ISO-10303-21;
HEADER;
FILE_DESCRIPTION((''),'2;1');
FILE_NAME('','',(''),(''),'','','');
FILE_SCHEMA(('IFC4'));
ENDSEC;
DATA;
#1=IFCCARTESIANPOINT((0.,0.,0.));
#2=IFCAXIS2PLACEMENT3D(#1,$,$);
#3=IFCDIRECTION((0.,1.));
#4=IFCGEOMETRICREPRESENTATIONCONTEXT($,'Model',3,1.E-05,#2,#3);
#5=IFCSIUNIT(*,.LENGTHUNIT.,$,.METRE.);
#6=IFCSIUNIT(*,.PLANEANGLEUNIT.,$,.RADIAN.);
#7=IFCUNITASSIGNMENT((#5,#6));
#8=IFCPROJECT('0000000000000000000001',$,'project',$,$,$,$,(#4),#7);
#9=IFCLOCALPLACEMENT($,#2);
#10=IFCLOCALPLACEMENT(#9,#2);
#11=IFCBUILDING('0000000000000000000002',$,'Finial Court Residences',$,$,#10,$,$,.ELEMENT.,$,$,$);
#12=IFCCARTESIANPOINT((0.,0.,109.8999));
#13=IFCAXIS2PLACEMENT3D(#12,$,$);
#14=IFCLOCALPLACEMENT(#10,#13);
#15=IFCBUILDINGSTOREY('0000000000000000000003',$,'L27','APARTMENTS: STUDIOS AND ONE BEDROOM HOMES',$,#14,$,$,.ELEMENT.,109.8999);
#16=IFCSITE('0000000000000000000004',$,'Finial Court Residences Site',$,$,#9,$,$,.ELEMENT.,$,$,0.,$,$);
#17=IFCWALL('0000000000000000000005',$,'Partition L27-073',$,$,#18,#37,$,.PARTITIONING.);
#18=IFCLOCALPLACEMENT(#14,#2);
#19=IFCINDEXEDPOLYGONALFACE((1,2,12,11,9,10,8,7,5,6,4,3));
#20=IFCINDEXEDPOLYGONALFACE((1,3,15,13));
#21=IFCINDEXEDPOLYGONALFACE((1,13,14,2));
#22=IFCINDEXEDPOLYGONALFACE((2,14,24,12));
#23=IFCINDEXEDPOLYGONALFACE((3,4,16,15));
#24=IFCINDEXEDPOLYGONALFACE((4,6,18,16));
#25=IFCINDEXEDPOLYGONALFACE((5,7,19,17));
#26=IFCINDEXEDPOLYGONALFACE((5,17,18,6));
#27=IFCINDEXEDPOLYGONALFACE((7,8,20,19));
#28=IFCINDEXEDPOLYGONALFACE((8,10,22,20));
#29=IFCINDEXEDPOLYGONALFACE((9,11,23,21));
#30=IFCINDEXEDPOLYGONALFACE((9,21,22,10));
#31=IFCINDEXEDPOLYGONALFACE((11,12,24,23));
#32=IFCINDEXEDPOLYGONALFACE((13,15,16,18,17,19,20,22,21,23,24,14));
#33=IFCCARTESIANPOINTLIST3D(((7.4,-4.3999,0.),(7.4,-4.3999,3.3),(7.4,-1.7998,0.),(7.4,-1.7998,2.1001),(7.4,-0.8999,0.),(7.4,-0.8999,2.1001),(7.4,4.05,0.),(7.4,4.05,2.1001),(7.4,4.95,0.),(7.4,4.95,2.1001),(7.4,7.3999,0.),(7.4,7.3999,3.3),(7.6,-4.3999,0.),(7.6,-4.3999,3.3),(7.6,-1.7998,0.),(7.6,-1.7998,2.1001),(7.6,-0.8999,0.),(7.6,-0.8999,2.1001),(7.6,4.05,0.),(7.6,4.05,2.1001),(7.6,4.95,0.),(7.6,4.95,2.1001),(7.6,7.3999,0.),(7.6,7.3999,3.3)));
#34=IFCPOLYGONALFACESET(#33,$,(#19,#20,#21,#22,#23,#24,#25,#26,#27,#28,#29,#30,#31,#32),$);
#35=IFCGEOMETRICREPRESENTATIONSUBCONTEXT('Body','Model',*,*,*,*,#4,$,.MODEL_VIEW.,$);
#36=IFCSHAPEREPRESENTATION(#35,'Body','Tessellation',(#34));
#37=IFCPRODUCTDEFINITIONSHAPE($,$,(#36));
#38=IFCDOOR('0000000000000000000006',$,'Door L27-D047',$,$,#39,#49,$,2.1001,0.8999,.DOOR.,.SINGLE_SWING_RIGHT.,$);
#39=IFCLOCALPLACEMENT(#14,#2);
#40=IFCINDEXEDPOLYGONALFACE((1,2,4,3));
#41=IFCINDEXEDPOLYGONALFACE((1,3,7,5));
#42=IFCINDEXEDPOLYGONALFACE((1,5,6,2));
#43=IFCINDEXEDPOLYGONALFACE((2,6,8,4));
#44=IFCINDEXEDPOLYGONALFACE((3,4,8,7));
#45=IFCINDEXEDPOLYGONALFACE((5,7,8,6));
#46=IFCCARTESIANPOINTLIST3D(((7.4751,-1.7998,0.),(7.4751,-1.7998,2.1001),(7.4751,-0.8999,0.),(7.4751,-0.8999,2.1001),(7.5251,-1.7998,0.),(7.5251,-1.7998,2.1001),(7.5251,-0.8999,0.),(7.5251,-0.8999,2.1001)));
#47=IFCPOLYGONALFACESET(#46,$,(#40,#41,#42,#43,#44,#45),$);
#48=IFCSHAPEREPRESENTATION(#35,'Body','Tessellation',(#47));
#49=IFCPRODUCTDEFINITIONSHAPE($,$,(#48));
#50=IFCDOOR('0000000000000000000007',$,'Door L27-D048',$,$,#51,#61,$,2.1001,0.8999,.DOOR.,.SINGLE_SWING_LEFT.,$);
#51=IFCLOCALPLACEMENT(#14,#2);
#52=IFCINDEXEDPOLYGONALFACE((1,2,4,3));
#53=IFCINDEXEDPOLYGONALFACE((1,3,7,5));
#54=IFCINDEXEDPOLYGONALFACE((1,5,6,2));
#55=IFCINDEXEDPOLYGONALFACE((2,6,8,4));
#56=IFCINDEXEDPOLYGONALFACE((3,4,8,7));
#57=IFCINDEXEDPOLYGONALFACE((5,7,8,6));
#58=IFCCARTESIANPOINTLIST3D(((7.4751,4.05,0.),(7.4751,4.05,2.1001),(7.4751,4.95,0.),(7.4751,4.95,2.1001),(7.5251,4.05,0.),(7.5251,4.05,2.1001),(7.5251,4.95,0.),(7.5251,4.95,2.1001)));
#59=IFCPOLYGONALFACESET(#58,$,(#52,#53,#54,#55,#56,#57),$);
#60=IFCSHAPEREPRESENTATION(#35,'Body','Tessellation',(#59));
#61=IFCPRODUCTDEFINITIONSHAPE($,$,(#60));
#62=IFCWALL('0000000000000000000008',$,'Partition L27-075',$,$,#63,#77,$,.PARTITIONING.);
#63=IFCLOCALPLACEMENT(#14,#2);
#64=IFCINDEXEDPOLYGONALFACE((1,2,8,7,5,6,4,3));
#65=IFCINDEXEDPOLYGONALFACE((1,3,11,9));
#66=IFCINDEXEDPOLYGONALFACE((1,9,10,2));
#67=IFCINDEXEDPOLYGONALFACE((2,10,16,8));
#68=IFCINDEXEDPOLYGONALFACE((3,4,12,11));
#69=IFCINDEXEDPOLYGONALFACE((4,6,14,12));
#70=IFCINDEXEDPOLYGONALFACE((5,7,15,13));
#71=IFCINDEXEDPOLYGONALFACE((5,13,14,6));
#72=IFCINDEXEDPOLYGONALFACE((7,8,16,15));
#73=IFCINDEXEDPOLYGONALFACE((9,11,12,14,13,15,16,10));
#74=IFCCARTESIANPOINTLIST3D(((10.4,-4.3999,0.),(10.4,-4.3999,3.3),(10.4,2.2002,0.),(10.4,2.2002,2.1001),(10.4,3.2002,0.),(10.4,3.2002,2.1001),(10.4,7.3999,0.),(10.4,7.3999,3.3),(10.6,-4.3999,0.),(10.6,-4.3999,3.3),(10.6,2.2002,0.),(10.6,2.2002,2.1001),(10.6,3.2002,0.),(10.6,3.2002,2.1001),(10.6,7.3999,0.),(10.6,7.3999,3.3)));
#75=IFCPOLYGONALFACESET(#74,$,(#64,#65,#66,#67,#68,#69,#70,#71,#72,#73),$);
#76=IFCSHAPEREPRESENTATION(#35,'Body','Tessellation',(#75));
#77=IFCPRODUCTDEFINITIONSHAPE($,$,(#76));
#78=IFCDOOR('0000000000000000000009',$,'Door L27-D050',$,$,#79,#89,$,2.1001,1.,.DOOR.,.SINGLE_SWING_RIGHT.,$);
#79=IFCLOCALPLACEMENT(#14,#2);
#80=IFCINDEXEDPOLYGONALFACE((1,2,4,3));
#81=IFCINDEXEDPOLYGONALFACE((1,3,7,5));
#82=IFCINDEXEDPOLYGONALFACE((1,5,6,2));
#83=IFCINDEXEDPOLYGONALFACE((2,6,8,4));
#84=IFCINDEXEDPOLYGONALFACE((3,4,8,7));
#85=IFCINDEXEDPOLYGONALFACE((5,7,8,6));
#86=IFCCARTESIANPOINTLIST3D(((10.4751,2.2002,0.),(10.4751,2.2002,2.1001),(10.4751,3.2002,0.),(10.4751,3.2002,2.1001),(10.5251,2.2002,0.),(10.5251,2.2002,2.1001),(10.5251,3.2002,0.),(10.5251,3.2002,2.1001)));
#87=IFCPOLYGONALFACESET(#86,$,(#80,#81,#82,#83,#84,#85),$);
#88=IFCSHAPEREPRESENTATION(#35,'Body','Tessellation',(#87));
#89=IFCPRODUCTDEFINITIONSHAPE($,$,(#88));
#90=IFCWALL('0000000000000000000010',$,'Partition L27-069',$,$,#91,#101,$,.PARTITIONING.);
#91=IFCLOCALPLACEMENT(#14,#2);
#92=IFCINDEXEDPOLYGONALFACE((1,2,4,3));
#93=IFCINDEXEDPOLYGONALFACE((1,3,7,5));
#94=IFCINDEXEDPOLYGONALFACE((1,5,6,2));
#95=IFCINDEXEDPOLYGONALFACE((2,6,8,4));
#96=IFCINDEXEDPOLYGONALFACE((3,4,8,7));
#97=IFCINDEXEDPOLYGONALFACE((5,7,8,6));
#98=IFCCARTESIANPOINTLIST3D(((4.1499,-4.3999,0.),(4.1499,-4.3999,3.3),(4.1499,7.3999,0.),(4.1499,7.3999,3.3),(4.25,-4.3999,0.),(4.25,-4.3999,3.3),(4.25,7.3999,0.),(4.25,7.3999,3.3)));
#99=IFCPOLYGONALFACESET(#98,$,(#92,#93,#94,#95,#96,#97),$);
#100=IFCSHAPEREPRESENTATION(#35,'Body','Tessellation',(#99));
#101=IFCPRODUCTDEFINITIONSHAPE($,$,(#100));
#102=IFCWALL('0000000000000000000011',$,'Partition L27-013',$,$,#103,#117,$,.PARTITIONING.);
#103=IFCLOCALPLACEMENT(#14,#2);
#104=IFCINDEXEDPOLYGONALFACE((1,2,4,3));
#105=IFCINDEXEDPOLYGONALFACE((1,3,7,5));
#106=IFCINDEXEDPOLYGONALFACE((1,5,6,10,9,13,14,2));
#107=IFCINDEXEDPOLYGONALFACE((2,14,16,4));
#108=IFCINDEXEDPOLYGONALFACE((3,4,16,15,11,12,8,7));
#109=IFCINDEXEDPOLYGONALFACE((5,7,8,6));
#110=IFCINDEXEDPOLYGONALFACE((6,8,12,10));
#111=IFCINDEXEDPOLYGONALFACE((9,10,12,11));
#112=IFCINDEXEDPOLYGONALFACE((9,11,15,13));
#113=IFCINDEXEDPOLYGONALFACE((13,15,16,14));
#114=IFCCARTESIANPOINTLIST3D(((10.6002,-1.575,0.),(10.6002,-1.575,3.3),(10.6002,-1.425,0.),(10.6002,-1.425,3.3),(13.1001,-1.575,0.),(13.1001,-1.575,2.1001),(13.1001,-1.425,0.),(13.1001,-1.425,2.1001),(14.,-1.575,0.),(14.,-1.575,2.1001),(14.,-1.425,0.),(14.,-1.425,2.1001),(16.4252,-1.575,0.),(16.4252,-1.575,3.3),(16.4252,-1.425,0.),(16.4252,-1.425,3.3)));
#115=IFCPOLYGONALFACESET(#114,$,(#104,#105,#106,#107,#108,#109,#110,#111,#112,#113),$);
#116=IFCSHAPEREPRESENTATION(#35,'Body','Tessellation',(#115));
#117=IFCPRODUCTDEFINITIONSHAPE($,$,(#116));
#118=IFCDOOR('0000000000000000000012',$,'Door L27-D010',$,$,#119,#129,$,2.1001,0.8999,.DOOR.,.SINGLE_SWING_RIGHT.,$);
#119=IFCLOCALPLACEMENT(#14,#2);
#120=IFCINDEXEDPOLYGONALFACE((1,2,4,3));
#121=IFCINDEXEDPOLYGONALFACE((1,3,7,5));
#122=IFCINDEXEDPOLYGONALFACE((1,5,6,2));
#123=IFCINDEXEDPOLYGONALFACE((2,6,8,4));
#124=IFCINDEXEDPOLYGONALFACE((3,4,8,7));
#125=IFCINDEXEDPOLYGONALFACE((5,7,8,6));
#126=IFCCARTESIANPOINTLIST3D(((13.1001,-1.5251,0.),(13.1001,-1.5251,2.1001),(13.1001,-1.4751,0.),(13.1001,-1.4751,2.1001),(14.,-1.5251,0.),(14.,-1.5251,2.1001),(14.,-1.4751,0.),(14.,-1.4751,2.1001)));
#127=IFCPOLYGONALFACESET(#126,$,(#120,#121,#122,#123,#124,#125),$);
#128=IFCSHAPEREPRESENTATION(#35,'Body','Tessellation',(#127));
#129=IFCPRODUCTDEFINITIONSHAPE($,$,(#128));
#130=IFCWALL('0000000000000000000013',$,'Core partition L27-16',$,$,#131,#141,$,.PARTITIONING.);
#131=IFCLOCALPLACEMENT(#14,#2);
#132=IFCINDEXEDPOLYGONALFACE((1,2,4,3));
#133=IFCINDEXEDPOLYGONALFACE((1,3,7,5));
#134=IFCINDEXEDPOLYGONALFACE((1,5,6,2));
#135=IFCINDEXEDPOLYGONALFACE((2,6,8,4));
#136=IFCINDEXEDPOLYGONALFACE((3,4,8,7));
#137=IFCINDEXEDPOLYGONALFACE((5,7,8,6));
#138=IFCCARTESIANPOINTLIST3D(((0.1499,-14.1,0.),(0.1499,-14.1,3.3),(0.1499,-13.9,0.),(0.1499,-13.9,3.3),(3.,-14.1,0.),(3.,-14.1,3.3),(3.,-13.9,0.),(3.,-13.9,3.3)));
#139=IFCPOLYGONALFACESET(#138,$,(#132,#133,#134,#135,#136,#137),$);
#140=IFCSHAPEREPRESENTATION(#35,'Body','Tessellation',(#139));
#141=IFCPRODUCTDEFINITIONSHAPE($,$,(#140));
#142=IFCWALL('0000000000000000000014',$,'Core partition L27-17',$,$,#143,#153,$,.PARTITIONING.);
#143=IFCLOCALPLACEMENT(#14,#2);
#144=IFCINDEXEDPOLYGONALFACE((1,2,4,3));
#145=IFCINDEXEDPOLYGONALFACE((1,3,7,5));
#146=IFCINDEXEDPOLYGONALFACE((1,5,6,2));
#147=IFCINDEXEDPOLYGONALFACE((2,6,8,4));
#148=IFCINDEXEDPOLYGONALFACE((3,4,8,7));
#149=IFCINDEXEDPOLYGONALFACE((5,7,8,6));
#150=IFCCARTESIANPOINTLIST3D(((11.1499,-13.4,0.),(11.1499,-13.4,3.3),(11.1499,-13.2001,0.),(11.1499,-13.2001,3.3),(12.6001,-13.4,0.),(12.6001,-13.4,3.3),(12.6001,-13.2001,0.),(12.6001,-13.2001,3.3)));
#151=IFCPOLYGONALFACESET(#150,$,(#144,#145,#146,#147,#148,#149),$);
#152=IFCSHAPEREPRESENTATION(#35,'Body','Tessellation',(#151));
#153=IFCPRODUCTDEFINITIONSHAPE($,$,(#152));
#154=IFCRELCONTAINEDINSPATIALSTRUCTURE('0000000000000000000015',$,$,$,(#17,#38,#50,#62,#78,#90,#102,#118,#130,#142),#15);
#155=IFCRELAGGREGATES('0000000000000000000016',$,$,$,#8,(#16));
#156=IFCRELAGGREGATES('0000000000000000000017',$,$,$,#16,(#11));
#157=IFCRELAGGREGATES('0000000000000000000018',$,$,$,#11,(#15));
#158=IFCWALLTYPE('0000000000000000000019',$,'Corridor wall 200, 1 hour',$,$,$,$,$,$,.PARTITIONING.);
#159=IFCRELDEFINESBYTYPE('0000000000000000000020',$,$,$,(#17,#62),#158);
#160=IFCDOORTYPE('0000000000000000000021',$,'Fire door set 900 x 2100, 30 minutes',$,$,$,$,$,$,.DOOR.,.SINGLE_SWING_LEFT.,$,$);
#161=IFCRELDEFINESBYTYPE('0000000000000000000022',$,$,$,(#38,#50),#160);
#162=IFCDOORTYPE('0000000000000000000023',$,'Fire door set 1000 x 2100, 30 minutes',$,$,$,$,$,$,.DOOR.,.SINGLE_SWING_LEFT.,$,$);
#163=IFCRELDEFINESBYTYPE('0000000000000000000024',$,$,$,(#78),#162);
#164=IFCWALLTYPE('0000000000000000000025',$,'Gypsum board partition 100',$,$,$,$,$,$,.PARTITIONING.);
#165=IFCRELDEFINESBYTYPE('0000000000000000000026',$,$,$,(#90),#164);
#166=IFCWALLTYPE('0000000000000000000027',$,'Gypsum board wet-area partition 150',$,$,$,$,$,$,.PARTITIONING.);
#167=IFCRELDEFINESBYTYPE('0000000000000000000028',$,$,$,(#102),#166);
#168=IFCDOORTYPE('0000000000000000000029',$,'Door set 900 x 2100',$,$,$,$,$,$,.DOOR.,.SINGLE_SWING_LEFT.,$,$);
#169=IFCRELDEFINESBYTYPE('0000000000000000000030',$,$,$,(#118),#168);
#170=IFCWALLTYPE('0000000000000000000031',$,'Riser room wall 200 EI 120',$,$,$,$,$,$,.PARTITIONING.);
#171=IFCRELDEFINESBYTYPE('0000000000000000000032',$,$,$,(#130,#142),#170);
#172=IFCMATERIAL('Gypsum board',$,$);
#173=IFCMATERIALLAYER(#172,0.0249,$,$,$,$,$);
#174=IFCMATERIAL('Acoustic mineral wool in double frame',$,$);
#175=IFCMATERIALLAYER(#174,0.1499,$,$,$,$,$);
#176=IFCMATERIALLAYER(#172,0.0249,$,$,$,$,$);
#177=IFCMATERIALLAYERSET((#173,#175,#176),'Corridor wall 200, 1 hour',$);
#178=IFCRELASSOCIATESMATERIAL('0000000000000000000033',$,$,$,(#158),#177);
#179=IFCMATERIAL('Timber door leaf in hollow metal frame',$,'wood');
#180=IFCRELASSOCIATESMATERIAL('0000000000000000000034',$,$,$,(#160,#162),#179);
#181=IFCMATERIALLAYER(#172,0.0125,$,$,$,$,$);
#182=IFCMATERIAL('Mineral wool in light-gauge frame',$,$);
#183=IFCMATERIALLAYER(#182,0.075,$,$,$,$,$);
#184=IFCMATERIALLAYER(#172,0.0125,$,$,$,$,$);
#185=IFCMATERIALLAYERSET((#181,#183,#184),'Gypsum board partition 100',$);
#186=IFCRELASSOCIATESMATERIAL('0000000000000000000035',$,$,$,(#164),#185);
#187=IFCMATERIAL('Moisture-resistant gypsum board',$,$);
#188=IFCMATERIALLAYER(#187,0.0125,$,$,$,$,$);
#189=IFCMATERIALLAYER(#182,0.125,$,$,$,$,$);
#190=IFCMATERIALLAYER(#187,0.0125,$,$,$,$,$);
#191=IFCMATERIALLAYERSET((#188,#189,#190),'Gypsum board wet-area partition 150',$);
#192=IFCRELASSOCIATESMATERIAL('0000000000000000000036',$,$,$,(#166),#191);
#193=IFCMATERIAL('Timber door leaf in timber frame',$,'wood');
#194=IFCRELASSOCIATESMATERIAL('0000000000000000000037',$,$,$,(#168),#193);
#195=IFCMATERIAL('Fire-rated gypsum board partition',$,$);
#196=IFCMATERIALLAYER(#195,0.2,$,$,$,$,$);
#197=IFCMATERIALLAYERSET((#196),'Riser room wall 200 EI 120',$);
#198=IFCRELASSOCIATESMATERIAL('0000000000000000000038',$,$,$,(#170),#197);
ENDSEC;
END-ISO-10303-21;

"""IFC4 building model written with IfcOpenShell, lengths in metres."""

from ifc_helpers import new_model, si_unit, direction, frame, frame_2d, origin, place, context, subcontext, project, spatial, rectangle, extrude, material, layer, layer_set, type_object, element, fill, save


model = new_model("IFC4")

# Units and contexts
model_context = context("Model", 3, precision=1e-05, world=origin(), true_north=direction((0.0, 1.0)))
body_context = subcontext(model_context, "Body", "Model", "MODEL_VIEW")
ifc_project = project(units=[si_unit("LENGTHUNIT", "METRE"), si_unit("PLANEANGLEUNIT", "RADIAN")], contexts=[model_context])

# Site, building, storey
site_placement = place(None, origin())
site = spatial("IfcSite", under=ifc_project, at=site_placement, Name="Finial Court Residences Site", CompositionType="ELEMENT", RefElevation=0.0)
building_placement = place(site_placement, origin())
building = spatial("IfcBuilding", under=site, at=building_placement, Name="Finial Court Residences", CompositionType="ELEMENT")
storey_placement = place(building_placement, frame((0.0, 0.0, 109.8999)))
storey = spatial("IfcBuildingStorey", under=building, at=storey_placement, Name="L27", Description="APARTMENTS: STUDIOS AND ONE BEDROOM HOMES", CompositionType="ELEMENT", Elevation=109.8999)

# Shared definitions
ifc_material_1 = material(Name="Fire-rated gypsum board partition")

# Shared definitions
ifc_material_2 = material(Name="Gypsum board")
ifc_layer_1 = layer(ifc_material_2, 0.0249)
ifc_material_3 = material(Name="Acoustic mineral wool in double frame")
ifc_layer_2 = layer(ifc_material_3, 0.1499)
ifc_layer_3 = layer(ifc_material_2, 0.0249)
ifc_layer_set_1 = layer_set([ifc_layer_1, ifc_layer_2, ifc_layer_3], Name="Corridor wall 200, 1 hour")
wall_type_1 = type_object("IfcWallType", Name="Corridor wall 200, 1 hour", PredefinedType="PARTITIONING", material=ifc_layer_set_1)

# Wall, openings, doors
wall_1_placement = place(storey_placement, frame((7.5, -4.3999, 0.0), z_axis=(0.0, 0.0, 1.0), x_axis=(0.0, 1.0, 0.0)))
wall_1 = element("IfcWall", 1, at=wall_1_placement, inside=storey, type_object=wall_type_1, Name="Partition L27-073", PredefinedType="PARTITIONING", context=body_context, shape_type="SweptSolid", body=[
    extrude(rectangle(XDim=11.7998, YDim=0.2, at=frame_2d((5.8999, 0.0))), origin(), (0.0, 0.0, 1.0), 3.3),
])
opening_1_placement = place(wall_1_placement, frame((2.6001, 0.0, 0.0)))
opening_1 = element("IfcOpeningElement", 2, at=opening_1_placement, cuts=wall_1, PredefinedType="OPENING", context=body_context, shape_type="SweptSolid", body=[
    extrude(rectangle(XDim=0.8999, YDim=2.1001, at=frame_2d((0.45, 1.05))), frame((0.0, 0.1099, 0.0), z_axis=(0.0, -1.0, 0.0), x_axis=(1.0, 0.0, 0.0)), (0.0, 0.0, 1.0), 0.22),
])
opening_2_placement = place(wall_1_placement, frame((8.45, 0.0, 0.0)))
opening_2 = element("IfcOpeningElement", 3, at=opening_2_placement, cuts=wall_1, PredefinedType="OPENING", context=body_context, shape_type="SweptSolid", body=[
    extrude(rectangle(XDim=0.8999, YDim=2.1001, at=frame_2d((0.45, 1.05))), frame((0.0, 0.1099, 0.0), z_axis=(0.0, -1.0, 0.0), x_axis=(1.0, 0.0, 0.0)), (0.0, 0.0, 1.0), 0.22),
])
ifc_material_4 = material(Name="Timber door leaf in hollow metal frame", Category="wood")
door_type_1 = type_object("IfcDoorType", Name="Fire door set 900 x 2100, 30 minutes", OperationType="SINGLE_SWING_LEFT", PredefinedType="DOOR", material=ifc_material_4)
door_1_placement = place(opening_1_placement, origin())
door_1 = element("IfcDoor", 4, at=door_1_placement, inside=storey, type_object=door_type_1, Name="Door L27-D047", OperationType="SINGLE_SWING_RIGHT", OverallHeight=2.1001, OverallWidth=0.8999, PredefinedType="DOOR", context=body_context, shape_type="SweptSolid", body=[
    extrude(rectangle(XDim=0.8999, YDim=2.1001, at=frame_2d((0.45, 1.05))), frame((0.0, 0.0249, 0.0), z_axis=(0.0, -1.0, 0.0), x_axis=(1.0, 0.0, 0.0)), (0.0, 0.0, 1.0), 0.05),
])
fill(opening_1, door_1)
door_2_placement = place(opening_2_placement, origin())
door_2 = element("IfcDoor", 5, at=door_2_placement, inside=storey, type_object=door_type_1, Name="Door L27-D048", OperationType="SINGLE_SWING_LEFT", OverallHeight=2.1001, OverallWidth=0.8999, PredefinedType="DOOR", context=body_context, shape_type="SweptSolid", body=[
    extrude(rectangle(XDim=0.8999, YDim=2.1001, at=frame_2d((0.45, 1.05))), frame((0.0, 0.0249, 0.0), z_axis=(0.0, -1.0, 0.0), x_axis=(1.0, 0.0, 0.0)), (0.0, 0.0, 1.0), 0.05),
])
fill(opening_2, door_2)

# Wall, opening, door
wall_2_placement = place(storey_placement, frame((10.5, -4.3999, 0.0), z_axis=(0.0, 0.0, 1.0), x_axis=(0.0, 1.0, 0.0)))
wall_2 = element("IfcWall", 6, at=wall_2_placement, inside=storey, type_object=wall_type_1, Name="Partition L27-075", PredefinedType="PARTITIONING", context=body_context, shape_type="SweptSolid", body=[
    extrude(rectangle(XDim=11.7998, YDim=0.2, at=frame_2d((5.8999, 0.0))), origin(), (0.0, 0.0, 1.0), 3.3),
])
opening_3_placement = place(wall_2_placement, frame((6.6001, 0.0, 0.0)))
opening_3 = element("IfcOpeningElement", 7, at=opening_3_placement, cuts=wall_2, PredefinedType="OPENING", context=body_context, shape_type="SweptSolid", body=[
    extrude(rectangle(XDim=1.0, YDim=2.1001, at=frame_2d((0.5, 1.05))), frame((0.0, 0.1099, 0.0), z_axis=(0.0, -1.0, 0.0), x_axis=(1.0, 0.0, 0.0)), (0.0, 0.0, 1.0), 0.22),
])
door_type_2 = type_object("IfcDoorType", Name="Fire door set 1000 x 2100, 30 minutes", OperationType="SINGLE_SWING_LEFT", PredefinedType="DOOR", material=ifc_material_4)
door_3_placement = place(opening_3_placement, origin())
door_3 = element("IfcDoor", 8, at=door_3_placement, inside=storey, type_object=door_type_2, Name="Door L27-D050", OperationType="SINGLE_SWING_RIGHT", OverallHeight=2.1001, OverallWidth=1.0, PredefinedType="DOOR", context=body_context, shape_type="SweptSolid", body=[
    extrude(rectangle(XDim=1.0, YDim=2.1001, at=frame_2d((0.5, 1.05))), frame((0.0, 0.0249, 0.0), z_axis=(0.0, -1.0, 0.0), x_axis=(1.0, 0.0, 0.0)), (0.0, 0.0, 1.0), 0.05),
])
fill(opening_3, door_3)

# Wall
ifc_layer_4 = layer(ifc_material_2, 0.0125)
ifc_material_5 = material(Name="Mineral wool in light-gauge frame")
ifc_layer_5 = layer(ifc_material_5, 0.075)
ifc_layer_6 = layer(ifc_material_2, 0.0125)
ifc_layer_set_2 = layer_set([ifc_layer_4, ifc_layer_5, ifc_layer_6], Name="Gypsum board partition 100")
wall_type_2 = type_object("IfcWallType", Name="Gypsum board partition 100", PredefinedType="PARTITIONING", material=ifc_layer_set_2)
wall_3_placement = place(storey_placement, frame((4.2, -4.3999, 0.0), z_axis=(0.0, 0.0, 1.0), x_axis=(0.0, 1.0, 0.0)))
element("IfcWall", 9, at=wall_3_placement, inside=storey, type_object=wall_type_2, Name="Partition L27-069", PredefinedType="PARTITIONING", context=body_context, shape_type="SweptSolid", body=[
    extrude(rectangle(XDim=11.7998, YDim=0.1001, at=frame_2d((5.8999, 0.0))), origin(), (0.0, 0.0, 1.0), 3.3),
])

# Wall, opening, door
ifc_material_6 = material(Name="Moisture-resistant gypsum board")
ifc_layer_7 = layer(ifc_material_6, 0.0125)
ifc_layer_8 = layer(ifc_material_5, 0.125)
ifc_layer_9 = layer(ifc_material_6, 0.0125)
ifc_layer_set_3 = layer_set([ifc_layer_7, ifc_layer_8, ifc_layer_9], Name="Gypsum board wet-area partition 150")
wall_type_3 = type_object("IfcWallType", Name="Gypsum board wet-area partition 150", PredefinedType="PARTITIONING", material=ifc_layer_set_3)
wall_4_placement = place(storey_placement, frame((10.6001, -1.5, 0.0), z_axis=(0.0, 0.0, 1.0), x_axis=(1.0, 0.0, 0.0)))
wall_4 = element("IfcWall", 10, at=wall_4_placement, inside=storey, type_object=wall_type_3, Name="Partition L27-013", PredefinedType="PARTITIONING", context=body_context, shape_type="SweptSolid", body=[
    extrude(rectangle(XDim=5.825, YDim=0.1499, at=frame_2d((2.9126, 0.0))), origin(), (0.0, 0.0, 1.0), 3.3),
])
opening_4_placement = place(wall_4_placement, frame((2.5, 0.0, 0.0)))
opening_4 = element("IfcOpeningElement", 11, at=opening_4_placement, cuts=wall_4, PredefinedType="OPENING", context=body_context, shape_type="SweptSolid", body=[
    extrude(rectangle(XDim=0.8999, YDim=2.1001, at=frame_2d((0.45, 1.05))), frame((0.0, 0.085, 0.0), z_axis=(0.0, -1.0, 0.0), x_axis=(1.0, 0.0, 0.0)), (0.0, 0.0, 1.0), 0.1699),
])
ifc_material_7 = material(Name="Timber door leaf in timber frame", Category="wood")
door_type_3 = type_object("IfcDoorType", Name="Door set 900 x 2100", OperationType="SINGLE_SWING_LEFT", PredefinedType="DOOR", material=ifc_material_7)
door_4_placement = place(opening_4_placement, origin())
door_4 = element("IfcDoor", 12, at=door_4_placement, inside=storey, type_object=door_type_3, Name="Door L27-D010", OperationType="SINGLE_SWING_RIGHT", OverallHeight=2.1001, OverallWidth=0.8999, PredefinedType="DOOR", context=body_context, shape_type="SweptSolid", body=[
    extrude(rectangle(XDim=0.8999, YDim=2.1001, at=frame_2d((0.45, 1.05))), frame((0.0, 0.0249, 0.0), z_axis=(0.0, -1.0, 0.0), x_axis=(1.0, 0.0, 0.0)), (0.0, 0.0, 1.0), 0.05),
])
fill(opening_4, door_4)

# Walls
ifc_layer_10 = layer(ifc_material_1, 0.2)
ifc_layer_set_4 = layer_set([ifc_layer_10], Name="Riser room wall 200 EI 120")
wall_type_4 = type_object("IfcWallType", Name="Riser room wall 200 EI 120", PredefinedType="PARTITIONING", material=ifc_layer_set_4)
wall_5_placement = place(storey_placement, frame((0.1499, -14.0, 0.0), z_axis=(0.0, 0.0, 1.0), x_axis=(1.0, 0.0, 0.0)))
element("IfcWall", 13, at=wall_5_placement, inside=storey, type_object=wall_type_4, Name="Core partition L27-16", PredefinedType="PARTITIONING", context=body_context, shape_type="SweptSolid", body=[
    extrude(rectangle(XDim=2.8501, YDim=0.2, at=frame_2d((1.425, 0.0))), origin(), (0.0, 0.0, 1.0), 3.3),
])
wall_6_placement = place(storey_placement, frame((11.1499, -13.3, 0.0), z_axis=(0.0, 0.0, 1.0), x_axis=(1.0, 0.0, 0.0)))
element("IfcWall", 14, at=wall_6_placement, inside=storey, type_object=wall_type_4, Name="Core partition L27-17", PredefinedType="PARTITIONING", context=body_context, shape_type="SweptSolid", body=[
    extrude(rectangle(XDim=1.4502, YDim=0.2, at=frame_2d((0.7251, 0.0))), origin(), (0.0, 0.0, 1.0), 3.3),
])

save(model, "model.ifc")
